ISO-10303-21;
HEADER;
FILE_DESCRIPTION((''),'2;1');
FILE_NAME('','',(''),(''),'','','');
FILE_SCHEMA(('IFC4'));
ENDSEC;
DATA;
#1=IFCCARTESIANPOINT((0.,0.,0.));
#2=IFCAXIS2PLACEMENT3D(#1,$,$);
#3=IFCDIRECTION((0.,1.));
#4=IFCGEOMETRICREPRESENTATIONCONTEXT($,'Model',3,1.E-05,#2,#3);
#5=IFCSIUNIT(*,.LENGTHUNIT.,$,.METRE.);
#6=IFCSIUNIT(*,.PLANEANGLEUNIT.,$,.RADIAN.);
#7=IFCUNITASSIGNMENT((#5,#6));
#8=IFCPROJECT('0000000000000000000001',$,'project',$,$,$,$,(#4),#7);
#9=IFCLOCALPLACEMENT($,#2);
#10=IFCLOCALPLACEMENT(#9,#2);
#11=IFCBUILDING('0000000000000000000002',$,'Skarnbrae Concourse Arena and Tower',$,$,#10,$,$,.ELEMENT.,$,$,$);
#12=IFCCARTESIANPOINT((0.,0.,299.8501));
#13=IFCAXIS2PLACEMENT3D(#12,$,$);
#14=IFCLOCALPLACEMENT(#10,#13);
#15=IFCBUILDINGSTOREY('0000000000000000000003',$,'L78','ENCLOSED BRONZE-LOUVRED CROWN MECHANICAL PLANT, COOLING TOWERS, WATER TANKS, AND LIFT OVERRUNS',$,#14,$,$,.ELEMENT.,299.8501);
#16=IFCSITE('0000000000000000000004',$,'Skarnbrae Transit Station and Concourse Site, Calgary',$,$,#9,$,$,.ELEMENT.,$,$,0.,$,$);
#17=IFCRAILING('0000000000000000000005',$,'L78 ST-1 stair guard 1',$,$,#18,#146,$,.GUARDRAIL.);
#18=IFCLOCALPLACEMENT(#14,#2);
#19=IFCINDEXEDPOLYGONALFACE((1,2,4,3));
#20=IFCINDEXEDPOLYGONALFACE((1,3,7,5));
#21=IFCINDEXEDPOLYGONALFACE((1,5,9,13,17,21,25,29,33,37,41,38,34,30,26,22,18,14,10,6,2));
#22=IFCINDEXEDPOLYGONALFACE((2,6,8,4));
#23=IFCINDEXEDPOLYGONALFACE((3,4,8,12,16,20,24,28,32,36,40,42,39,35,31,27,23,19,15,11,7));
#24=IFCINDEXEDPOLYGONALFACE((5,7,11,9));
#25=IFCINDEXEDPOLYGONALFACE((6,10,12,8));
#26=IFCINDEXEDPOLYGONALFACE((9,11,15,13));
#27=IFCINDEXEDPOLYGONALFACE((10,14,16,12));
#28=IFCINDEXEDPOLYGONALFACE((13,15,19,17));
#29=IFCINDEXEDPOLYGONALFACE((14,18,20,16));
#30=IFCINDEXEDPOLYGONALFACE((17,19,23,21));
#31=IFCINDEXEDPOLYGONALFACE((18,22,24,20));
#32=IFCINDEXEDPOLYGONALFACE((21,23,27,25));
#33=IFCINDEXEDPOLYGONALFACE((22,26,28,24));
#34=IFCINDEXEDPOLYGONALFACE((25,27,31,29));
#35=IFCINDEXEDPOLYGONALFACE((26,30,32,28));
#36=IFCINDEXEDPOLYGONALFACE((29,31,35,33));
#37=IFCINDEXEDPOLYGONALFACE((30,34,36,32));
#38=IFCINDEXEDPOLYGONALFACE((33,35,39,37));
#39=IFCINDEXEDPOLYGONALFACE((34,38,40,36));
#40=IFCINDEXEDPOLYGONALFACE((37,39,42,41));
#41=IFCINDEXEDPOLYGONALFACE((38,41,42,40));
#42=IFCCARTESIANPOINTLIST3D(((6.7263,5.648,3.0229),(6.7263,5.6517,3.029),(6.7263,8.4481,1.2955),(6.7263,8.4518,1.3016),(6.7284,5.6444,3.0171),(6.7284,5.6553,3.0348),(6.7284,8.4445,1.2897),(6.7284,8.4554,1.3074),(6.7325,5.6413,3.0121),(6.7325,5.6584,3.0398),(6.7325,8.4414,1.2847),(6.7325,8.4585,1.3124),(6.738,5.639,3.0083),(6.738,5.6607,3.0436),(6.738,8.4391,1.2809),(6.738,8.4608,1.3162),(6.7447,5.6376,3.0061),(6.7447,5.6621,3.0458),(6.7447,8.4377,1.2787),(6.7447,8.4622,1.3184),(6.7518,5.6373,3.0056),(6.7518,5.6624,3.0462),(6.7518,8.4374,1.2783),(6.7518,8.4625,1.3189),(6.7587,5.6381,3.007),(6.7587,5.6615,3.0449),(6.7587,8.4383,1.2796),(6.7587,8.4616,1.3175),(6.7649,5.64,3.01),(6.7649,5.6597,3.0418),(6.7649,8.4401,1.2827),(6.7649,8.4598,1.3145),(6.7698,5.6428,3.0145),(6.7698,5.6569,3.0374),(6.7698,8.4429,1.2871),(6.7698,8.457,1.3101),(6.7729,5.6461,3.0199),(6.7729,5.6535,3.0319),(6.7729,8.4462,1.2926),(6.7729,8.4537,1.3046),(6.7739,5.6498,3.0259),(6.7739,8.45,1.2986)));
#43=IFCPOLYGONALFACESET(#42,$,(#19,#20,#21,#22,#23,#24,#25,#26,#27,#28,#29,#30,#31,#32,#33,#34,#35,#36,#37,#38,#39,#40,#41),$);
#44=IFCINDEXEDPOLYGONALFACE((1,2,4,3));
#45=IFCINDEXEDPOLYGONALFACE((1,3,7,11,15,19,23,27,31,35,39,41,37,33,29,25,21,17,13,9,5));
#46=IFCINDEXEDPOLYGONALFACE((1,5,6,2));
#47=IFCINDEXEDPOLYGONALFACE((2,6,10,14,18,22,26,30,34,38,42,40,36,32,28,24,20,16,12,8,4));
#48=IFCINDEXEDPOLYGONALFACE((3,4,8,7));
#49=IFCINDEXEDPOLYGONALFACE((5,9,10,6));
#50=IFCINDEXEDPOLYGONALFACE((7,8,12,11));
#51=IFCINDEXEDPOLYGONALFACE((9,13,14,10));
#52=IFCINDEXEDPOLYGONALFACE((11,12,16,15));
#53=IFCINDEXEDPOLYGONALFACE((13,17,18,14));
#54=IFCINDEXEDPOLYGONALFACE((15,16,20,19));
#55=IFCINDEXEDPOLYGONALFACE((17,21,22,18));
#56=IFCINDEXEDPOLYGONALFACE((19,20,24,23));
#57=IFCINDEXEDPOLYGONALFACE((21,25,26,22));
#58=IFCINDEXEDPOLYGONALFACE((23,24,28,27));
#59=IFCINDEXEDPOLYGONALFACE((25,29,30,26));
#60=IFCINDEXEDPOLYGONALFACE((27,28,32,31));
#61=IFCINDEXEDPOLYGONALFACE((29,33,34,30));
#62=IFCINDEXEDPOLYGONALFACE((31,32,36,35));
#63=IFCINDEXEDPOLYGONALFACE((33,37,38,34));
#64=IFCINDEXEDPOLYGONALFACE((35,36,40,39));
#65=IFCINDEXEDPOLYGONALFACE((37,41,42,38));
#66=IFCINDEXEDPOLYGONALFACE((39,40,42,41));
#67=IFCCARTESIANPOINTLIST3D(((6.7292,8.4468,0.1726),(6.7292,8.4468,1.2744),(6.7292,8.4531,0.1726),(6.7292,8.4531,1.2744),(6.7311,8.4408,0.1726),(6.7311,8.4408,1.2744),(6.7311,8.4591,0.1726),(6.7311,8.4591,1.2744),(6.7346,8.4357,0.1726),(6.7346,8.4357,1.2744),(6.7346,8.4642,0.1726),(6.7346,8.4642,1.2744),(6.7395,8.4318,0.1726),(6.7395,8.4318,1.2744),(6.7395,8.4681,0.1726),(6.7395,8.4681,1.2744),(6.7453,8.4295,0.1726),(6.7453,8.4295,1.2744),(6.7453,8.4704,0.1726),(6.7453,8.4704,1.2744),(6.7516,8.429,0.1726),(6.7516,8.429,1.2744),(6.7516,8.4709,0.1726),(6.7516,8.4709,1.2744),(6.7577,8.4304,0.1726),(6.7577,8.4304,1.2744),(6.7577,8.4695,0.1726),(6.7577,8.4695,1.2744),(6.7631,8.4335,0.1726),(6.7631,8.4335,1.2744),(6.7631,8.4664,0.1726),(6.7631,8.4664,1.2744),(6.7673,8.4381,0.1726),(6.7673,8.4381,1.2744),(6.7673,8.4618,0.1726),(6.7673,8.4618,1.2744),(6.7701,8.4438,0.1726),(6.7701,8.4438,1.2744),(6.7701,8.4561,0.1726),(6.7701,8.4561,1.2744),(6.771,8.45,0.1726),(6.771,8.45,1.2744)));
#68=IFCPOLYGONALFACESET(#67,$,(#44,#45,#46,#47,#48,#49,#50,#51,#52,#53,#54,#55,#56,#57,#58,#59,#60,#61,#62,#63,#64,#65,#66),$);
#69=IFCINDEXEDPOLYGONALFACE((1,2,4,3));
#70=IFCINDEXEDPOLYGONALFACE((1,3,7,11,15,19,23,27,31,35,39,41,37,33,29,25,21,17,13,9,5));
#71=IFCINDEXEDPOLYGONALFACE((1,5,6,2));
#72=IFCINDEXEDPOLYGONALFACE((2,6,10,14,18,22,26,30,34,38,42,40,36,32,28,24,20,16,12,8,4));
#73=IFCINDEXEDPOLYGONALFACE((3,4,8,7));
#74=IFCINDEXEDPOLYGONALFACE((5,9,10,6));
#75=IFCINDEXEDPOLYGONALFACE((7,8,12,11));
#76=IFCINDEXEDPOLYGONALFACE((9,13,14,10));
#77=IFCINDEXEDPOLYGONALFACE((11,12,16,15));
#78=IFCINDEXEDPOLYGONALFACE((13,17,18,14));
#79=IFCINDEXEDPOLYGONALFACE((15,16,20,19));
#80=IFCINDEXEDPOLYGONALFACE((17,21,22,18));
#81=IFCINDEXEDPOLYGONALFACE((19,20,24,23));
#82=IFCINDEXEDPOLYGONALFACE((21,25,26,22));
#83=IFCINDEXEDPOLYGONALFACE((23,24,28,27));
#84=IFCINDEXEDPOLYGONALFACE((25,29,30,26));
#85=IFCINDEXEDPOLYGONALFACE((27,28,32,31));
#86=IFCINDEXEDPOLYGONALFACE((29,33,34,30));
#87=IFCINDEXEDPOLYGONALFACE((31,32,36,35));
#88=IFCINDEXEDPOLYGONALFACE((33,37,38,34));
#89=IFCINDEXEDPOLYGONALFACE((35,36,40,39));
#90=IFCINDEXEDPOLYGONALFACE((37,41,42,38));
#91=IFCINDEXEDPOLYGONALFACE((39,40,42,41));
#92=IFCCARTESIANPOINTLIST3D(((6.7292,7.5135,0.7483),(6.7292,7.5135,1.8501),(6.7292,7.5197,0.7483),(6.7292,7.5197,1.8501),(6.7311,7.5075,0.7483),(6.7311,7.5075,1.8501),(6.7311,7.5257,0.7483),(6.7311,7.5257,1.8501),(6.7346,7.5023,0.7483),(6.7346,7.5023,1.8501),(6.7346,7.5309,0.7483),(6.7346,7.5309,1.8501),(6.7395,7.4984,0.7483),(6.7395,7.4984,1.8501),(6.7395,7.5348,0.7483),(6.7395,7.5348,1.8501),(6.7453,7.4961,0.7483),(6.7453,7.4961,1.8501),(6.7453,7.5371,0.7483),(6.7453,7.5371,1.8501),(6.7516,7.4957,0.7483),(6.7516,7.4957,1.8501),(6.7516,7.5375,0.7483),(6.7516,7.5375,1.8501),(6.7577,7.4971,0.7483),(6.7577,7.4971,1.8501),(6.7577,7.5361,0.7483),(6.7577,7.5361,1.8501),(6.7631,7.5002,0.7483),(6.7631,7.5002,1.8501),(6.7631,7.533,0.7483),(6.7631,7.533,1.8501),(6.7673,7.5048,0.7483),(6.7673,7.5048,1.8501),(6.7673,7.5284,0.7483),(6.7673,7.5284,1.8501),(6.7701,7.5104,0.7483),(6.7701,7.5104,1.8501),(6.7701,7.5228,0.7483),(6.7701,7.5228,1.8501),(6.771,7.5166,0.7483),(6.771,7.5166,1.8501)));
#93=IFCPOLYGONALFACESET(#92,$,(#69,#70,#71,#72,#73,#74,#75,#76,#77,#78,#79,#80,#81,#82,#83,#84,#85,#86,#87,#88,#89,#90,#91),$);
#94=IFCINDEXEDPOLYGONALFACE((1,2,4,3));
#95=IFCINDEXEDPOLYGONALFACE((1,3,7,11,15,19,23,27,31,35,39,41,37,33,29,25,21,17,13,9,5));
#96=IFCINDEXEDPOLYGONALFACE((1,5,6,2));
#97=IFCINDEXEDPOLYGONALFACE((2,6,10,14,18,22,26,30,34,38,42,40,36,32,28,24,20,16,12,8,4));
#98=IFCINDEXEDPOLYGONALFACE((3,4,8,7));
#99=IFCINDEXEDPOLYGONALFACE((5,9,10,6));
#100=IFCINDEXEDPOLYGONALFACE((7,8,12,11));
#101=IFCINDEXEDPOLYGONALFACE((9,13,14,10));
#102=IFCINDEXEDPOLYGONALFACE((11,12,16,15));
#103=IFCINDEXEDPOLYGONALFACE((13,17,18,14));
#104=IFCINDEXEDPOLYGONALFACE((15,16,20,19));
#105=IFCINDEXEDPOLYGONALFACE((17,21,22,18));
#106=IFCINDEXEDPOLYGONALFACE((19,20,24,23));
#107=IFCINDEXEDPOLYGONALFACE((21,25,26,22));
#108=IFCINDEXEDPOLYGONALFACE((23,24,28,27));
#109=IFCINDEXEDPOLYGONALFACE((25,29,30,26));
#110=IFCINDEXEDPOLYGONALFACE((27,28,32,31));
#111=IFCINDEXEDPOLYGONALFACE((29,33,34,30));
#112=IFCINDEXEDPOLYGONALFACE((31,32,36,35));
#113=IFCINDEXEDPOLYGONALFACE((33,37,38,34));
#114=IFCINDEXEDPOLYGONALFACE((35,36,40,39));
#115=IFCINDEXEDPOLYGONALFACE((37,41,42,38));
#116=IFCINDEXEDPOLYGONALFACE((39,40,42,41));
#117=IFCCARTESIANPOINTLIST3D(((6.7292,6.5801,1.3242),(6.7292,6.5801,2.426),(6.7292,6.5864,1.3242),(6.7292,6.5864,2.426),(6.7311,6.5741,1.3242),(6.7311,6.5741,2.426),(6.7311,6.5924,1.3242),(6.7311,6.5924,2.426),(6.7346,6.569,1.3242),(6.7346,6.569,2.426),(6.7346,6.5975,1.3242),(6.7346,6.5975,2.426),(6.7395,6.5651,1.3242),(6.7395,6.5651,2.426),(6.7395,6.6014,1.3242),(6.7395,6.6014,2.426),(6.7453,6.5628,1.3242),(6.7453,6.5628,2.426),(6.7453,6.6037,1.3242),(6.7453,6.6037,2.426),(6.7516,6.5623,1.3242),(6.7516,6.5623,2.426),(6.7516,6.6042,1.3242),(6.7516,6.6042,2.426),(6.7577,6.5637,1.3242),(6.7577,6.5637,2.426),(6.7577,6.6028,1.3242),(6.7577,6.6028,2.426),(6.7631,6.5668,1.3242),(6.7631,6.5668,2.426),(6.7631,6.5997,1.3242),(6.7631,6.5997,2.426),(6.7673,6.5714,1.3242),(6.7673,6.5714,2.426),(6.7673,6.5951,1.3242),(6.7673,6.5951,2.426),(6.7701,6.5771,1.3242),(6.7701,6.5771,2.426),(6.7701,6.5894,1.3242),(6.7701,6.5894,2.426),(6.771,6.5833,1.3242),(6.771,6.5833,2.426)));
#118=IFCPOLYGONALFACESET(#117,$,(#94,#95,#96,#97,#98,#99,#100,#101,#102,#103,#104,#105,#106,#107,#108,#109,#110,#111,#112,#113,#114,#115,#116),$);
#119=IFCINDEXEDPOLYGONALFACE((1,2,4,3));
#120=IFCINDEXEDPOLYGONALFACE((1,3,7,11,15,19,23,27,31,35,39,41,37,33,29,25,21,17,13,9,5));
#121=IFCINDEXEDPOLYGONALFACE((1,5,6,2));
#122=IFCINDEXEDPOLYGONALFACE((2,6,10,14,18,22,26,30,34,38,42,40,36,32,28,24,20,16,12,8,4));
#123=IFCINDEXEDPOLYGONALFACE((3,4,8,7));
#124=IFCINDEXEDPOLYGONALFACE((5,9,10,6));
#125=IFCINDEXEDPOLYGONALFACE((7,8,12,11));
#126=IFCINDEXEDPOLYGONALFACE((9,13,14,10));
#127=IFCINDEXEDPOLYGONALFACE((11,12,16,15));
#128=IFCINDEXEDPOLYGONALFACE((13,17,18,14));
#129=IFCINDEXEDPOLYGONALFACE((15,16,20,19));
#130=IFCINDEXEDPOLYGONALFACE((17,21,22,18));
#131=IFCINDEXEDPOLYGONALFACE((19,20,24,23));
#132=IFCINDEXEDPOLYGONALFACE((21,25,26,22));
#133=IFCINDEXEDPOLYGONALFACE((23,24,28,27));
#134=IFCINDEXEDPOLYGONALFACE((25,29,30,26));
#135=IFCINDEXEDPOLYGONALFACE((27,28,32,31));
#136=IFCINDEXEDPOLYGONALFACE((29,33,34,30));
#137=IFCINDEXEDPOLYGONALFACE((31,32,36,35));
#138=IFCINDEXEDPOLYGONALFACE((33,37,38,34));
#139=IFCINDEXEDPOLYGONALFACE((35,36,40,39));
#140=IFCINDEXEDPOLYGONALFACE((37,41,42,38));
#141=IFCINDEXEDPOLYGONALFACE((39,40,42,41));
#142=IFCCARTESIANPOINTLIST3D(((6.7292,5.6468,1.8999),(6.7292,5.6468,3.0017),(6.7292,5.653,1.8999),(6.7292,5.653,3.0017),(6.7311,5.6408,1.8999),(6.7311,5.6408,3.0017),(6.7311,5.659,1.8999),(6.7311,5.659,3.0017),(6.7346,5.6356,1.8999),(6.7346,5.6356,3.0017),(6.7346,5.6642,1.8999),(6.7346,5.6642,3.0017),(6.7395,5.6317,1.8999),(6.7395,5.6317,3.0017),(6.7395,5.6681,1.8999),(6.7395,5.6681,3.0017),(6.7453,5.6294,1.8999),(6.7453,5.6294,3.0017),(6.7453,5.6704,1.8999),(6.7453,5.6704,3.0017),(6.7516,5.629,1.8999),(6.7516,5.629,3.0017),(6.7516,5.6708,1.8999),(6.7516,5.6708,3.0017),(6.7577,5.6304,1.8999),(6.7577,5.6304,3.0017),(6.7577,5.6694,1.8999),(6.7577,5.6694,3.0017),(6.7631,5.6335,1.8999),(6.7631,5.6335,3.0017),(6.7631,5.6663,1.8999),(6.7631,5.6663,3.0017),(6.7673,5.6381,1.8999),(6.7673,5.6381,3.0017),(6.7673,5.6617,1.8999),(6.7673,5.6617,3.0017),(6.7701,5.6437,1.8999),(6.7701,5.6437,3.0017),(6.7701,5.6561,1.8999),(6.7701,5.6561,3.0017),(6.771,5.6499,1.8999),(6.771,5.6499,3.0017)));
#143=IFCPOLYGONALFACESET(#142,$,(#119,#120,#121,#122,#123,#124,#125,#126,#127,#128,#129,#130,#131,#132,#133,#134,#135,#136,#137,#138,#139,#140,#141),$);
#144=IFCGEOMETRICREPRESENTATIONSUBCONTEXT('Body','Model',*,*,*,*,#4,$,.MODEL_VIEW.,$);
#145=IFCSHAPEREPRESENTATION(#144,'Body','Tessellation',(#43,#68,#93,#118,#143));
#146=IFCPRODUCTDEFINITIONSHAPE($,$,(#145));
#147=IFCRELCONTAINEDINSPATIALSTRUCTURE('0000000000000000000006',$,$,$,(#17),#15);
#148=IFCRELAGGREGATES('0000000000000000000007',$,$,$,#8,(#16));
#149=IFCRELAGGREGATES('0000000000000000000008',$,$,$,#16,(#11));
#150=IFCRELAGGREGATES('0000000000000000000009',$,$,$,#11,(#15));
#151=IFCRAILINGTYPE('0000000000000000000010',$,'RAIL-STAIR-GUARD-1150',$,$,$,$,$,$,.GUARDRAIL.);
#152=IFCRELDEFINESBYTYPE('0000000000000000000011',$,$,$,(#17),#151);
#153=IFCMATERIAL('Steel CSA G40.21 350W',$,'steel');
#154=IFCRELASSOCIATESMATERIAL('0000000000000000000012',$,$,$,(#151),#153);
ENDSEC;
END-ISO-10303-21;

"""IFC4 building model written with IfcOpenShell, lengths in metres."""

from ifc_helpers import new_model, si_unit, direction, frame, origin, origin_2d, place, context, subcontext, project, spatial, circle, extrude, material, type_object, element, save


model = new_model("IFC4")

# Units and contexts
model_context = context("Model", 3, precision=1e-05, world=origin(), true_north=direction((0.0, 1.0)))
body_context = subcontext(model_context, "Body", "Model", "MODEL_VIEW")
ifc_project = project(units=[si_unit("LENGTHUNIT", "METRE"), si_unit("PLANEANGLEUNIT", "RADIAN")], contexts=[model_context])

# Site, building, storey
site_placement = place(None, origin())
site = spatial("IfcSite", under=ifc_project, at=site_placement, Name="Skarnbrae Transit Station and Concourse Site, Calgary", CompositionType="ELEMENT", RefElevation=0.0)
building_placement = place(site_placement, origin())
building = spatial("IfcBuilding", under=site, at=building_placement, Name="Skarnbrae Concourse Arena and Tower", CompositionType="ELEMENT")
storey_placement = place(building_placement, frame((0.0, 0.0, 299.8501)))
storey = spatial("IfcBuildingStorey", under=building, at=storey_placement, Name="L78", Description="ENCLOSED BRONZE-LOUVRED CROWN MECHANICAL PLANT, COOLING TOWERS, WATER TANKS, AND LIFT OVERRUNS", CompositionType="ELEMENT", Elevation=299.8501)

# Shared definitions
ifc_material_1 = material(Name="Steel CSA G40.21 350W", Category="steel")

# Railing
railing_type_1 = type_object("IfcRailingType", Name="RAIL-STAIR-GUARD-1150", PredefinedType="GUARDRAIL", material=ifc_material_1)
railing_1_placement = place(storey_placement, frame((6.75, 8.45, 0.1726)))
element("IfcRailing", 1, at=railing_1_placement, inside=storey, type_object=railing_type_1, Name="L78 ST-1 stair guard 1", PredefinedType="GUARDRAIL", context=body_context, shape_type="SweptSolid", body=[
    extrude(circle(Radius=0.0239, at=origin_2d()), frame((0.0, 0.0, 1.126), z_axis=(0.0, -0.85109, 0.52502), x_axis=(1.0, 0.0, 0.0)), (0.0, 0.0, 1.0), 3.29),
    extrude(circle(Radius=0.021, at=origin_2d()), origin(), (0.0, 0.0, 1.0), 1.1018),
    extrude(circle(Radius=0.021, at=origin_2d()), frame((0.0, -0.9333, 0.5757)), (0.0, 0.0, 1.0), 1.1018),
    extrude(circle(Radius=0.021, at=origin_2d()), frame((0.0, -1.8667, 1.1516)), (0.0, 0.0, 1.0), 1.1018),
    extrude(circle(Radius=0.021, at=origin_2d()), frame((0.0, -2.8, 1.7273)), (0.0, 0.0, 1.0), 1.1018),
])

save(model, "model.ifc")
